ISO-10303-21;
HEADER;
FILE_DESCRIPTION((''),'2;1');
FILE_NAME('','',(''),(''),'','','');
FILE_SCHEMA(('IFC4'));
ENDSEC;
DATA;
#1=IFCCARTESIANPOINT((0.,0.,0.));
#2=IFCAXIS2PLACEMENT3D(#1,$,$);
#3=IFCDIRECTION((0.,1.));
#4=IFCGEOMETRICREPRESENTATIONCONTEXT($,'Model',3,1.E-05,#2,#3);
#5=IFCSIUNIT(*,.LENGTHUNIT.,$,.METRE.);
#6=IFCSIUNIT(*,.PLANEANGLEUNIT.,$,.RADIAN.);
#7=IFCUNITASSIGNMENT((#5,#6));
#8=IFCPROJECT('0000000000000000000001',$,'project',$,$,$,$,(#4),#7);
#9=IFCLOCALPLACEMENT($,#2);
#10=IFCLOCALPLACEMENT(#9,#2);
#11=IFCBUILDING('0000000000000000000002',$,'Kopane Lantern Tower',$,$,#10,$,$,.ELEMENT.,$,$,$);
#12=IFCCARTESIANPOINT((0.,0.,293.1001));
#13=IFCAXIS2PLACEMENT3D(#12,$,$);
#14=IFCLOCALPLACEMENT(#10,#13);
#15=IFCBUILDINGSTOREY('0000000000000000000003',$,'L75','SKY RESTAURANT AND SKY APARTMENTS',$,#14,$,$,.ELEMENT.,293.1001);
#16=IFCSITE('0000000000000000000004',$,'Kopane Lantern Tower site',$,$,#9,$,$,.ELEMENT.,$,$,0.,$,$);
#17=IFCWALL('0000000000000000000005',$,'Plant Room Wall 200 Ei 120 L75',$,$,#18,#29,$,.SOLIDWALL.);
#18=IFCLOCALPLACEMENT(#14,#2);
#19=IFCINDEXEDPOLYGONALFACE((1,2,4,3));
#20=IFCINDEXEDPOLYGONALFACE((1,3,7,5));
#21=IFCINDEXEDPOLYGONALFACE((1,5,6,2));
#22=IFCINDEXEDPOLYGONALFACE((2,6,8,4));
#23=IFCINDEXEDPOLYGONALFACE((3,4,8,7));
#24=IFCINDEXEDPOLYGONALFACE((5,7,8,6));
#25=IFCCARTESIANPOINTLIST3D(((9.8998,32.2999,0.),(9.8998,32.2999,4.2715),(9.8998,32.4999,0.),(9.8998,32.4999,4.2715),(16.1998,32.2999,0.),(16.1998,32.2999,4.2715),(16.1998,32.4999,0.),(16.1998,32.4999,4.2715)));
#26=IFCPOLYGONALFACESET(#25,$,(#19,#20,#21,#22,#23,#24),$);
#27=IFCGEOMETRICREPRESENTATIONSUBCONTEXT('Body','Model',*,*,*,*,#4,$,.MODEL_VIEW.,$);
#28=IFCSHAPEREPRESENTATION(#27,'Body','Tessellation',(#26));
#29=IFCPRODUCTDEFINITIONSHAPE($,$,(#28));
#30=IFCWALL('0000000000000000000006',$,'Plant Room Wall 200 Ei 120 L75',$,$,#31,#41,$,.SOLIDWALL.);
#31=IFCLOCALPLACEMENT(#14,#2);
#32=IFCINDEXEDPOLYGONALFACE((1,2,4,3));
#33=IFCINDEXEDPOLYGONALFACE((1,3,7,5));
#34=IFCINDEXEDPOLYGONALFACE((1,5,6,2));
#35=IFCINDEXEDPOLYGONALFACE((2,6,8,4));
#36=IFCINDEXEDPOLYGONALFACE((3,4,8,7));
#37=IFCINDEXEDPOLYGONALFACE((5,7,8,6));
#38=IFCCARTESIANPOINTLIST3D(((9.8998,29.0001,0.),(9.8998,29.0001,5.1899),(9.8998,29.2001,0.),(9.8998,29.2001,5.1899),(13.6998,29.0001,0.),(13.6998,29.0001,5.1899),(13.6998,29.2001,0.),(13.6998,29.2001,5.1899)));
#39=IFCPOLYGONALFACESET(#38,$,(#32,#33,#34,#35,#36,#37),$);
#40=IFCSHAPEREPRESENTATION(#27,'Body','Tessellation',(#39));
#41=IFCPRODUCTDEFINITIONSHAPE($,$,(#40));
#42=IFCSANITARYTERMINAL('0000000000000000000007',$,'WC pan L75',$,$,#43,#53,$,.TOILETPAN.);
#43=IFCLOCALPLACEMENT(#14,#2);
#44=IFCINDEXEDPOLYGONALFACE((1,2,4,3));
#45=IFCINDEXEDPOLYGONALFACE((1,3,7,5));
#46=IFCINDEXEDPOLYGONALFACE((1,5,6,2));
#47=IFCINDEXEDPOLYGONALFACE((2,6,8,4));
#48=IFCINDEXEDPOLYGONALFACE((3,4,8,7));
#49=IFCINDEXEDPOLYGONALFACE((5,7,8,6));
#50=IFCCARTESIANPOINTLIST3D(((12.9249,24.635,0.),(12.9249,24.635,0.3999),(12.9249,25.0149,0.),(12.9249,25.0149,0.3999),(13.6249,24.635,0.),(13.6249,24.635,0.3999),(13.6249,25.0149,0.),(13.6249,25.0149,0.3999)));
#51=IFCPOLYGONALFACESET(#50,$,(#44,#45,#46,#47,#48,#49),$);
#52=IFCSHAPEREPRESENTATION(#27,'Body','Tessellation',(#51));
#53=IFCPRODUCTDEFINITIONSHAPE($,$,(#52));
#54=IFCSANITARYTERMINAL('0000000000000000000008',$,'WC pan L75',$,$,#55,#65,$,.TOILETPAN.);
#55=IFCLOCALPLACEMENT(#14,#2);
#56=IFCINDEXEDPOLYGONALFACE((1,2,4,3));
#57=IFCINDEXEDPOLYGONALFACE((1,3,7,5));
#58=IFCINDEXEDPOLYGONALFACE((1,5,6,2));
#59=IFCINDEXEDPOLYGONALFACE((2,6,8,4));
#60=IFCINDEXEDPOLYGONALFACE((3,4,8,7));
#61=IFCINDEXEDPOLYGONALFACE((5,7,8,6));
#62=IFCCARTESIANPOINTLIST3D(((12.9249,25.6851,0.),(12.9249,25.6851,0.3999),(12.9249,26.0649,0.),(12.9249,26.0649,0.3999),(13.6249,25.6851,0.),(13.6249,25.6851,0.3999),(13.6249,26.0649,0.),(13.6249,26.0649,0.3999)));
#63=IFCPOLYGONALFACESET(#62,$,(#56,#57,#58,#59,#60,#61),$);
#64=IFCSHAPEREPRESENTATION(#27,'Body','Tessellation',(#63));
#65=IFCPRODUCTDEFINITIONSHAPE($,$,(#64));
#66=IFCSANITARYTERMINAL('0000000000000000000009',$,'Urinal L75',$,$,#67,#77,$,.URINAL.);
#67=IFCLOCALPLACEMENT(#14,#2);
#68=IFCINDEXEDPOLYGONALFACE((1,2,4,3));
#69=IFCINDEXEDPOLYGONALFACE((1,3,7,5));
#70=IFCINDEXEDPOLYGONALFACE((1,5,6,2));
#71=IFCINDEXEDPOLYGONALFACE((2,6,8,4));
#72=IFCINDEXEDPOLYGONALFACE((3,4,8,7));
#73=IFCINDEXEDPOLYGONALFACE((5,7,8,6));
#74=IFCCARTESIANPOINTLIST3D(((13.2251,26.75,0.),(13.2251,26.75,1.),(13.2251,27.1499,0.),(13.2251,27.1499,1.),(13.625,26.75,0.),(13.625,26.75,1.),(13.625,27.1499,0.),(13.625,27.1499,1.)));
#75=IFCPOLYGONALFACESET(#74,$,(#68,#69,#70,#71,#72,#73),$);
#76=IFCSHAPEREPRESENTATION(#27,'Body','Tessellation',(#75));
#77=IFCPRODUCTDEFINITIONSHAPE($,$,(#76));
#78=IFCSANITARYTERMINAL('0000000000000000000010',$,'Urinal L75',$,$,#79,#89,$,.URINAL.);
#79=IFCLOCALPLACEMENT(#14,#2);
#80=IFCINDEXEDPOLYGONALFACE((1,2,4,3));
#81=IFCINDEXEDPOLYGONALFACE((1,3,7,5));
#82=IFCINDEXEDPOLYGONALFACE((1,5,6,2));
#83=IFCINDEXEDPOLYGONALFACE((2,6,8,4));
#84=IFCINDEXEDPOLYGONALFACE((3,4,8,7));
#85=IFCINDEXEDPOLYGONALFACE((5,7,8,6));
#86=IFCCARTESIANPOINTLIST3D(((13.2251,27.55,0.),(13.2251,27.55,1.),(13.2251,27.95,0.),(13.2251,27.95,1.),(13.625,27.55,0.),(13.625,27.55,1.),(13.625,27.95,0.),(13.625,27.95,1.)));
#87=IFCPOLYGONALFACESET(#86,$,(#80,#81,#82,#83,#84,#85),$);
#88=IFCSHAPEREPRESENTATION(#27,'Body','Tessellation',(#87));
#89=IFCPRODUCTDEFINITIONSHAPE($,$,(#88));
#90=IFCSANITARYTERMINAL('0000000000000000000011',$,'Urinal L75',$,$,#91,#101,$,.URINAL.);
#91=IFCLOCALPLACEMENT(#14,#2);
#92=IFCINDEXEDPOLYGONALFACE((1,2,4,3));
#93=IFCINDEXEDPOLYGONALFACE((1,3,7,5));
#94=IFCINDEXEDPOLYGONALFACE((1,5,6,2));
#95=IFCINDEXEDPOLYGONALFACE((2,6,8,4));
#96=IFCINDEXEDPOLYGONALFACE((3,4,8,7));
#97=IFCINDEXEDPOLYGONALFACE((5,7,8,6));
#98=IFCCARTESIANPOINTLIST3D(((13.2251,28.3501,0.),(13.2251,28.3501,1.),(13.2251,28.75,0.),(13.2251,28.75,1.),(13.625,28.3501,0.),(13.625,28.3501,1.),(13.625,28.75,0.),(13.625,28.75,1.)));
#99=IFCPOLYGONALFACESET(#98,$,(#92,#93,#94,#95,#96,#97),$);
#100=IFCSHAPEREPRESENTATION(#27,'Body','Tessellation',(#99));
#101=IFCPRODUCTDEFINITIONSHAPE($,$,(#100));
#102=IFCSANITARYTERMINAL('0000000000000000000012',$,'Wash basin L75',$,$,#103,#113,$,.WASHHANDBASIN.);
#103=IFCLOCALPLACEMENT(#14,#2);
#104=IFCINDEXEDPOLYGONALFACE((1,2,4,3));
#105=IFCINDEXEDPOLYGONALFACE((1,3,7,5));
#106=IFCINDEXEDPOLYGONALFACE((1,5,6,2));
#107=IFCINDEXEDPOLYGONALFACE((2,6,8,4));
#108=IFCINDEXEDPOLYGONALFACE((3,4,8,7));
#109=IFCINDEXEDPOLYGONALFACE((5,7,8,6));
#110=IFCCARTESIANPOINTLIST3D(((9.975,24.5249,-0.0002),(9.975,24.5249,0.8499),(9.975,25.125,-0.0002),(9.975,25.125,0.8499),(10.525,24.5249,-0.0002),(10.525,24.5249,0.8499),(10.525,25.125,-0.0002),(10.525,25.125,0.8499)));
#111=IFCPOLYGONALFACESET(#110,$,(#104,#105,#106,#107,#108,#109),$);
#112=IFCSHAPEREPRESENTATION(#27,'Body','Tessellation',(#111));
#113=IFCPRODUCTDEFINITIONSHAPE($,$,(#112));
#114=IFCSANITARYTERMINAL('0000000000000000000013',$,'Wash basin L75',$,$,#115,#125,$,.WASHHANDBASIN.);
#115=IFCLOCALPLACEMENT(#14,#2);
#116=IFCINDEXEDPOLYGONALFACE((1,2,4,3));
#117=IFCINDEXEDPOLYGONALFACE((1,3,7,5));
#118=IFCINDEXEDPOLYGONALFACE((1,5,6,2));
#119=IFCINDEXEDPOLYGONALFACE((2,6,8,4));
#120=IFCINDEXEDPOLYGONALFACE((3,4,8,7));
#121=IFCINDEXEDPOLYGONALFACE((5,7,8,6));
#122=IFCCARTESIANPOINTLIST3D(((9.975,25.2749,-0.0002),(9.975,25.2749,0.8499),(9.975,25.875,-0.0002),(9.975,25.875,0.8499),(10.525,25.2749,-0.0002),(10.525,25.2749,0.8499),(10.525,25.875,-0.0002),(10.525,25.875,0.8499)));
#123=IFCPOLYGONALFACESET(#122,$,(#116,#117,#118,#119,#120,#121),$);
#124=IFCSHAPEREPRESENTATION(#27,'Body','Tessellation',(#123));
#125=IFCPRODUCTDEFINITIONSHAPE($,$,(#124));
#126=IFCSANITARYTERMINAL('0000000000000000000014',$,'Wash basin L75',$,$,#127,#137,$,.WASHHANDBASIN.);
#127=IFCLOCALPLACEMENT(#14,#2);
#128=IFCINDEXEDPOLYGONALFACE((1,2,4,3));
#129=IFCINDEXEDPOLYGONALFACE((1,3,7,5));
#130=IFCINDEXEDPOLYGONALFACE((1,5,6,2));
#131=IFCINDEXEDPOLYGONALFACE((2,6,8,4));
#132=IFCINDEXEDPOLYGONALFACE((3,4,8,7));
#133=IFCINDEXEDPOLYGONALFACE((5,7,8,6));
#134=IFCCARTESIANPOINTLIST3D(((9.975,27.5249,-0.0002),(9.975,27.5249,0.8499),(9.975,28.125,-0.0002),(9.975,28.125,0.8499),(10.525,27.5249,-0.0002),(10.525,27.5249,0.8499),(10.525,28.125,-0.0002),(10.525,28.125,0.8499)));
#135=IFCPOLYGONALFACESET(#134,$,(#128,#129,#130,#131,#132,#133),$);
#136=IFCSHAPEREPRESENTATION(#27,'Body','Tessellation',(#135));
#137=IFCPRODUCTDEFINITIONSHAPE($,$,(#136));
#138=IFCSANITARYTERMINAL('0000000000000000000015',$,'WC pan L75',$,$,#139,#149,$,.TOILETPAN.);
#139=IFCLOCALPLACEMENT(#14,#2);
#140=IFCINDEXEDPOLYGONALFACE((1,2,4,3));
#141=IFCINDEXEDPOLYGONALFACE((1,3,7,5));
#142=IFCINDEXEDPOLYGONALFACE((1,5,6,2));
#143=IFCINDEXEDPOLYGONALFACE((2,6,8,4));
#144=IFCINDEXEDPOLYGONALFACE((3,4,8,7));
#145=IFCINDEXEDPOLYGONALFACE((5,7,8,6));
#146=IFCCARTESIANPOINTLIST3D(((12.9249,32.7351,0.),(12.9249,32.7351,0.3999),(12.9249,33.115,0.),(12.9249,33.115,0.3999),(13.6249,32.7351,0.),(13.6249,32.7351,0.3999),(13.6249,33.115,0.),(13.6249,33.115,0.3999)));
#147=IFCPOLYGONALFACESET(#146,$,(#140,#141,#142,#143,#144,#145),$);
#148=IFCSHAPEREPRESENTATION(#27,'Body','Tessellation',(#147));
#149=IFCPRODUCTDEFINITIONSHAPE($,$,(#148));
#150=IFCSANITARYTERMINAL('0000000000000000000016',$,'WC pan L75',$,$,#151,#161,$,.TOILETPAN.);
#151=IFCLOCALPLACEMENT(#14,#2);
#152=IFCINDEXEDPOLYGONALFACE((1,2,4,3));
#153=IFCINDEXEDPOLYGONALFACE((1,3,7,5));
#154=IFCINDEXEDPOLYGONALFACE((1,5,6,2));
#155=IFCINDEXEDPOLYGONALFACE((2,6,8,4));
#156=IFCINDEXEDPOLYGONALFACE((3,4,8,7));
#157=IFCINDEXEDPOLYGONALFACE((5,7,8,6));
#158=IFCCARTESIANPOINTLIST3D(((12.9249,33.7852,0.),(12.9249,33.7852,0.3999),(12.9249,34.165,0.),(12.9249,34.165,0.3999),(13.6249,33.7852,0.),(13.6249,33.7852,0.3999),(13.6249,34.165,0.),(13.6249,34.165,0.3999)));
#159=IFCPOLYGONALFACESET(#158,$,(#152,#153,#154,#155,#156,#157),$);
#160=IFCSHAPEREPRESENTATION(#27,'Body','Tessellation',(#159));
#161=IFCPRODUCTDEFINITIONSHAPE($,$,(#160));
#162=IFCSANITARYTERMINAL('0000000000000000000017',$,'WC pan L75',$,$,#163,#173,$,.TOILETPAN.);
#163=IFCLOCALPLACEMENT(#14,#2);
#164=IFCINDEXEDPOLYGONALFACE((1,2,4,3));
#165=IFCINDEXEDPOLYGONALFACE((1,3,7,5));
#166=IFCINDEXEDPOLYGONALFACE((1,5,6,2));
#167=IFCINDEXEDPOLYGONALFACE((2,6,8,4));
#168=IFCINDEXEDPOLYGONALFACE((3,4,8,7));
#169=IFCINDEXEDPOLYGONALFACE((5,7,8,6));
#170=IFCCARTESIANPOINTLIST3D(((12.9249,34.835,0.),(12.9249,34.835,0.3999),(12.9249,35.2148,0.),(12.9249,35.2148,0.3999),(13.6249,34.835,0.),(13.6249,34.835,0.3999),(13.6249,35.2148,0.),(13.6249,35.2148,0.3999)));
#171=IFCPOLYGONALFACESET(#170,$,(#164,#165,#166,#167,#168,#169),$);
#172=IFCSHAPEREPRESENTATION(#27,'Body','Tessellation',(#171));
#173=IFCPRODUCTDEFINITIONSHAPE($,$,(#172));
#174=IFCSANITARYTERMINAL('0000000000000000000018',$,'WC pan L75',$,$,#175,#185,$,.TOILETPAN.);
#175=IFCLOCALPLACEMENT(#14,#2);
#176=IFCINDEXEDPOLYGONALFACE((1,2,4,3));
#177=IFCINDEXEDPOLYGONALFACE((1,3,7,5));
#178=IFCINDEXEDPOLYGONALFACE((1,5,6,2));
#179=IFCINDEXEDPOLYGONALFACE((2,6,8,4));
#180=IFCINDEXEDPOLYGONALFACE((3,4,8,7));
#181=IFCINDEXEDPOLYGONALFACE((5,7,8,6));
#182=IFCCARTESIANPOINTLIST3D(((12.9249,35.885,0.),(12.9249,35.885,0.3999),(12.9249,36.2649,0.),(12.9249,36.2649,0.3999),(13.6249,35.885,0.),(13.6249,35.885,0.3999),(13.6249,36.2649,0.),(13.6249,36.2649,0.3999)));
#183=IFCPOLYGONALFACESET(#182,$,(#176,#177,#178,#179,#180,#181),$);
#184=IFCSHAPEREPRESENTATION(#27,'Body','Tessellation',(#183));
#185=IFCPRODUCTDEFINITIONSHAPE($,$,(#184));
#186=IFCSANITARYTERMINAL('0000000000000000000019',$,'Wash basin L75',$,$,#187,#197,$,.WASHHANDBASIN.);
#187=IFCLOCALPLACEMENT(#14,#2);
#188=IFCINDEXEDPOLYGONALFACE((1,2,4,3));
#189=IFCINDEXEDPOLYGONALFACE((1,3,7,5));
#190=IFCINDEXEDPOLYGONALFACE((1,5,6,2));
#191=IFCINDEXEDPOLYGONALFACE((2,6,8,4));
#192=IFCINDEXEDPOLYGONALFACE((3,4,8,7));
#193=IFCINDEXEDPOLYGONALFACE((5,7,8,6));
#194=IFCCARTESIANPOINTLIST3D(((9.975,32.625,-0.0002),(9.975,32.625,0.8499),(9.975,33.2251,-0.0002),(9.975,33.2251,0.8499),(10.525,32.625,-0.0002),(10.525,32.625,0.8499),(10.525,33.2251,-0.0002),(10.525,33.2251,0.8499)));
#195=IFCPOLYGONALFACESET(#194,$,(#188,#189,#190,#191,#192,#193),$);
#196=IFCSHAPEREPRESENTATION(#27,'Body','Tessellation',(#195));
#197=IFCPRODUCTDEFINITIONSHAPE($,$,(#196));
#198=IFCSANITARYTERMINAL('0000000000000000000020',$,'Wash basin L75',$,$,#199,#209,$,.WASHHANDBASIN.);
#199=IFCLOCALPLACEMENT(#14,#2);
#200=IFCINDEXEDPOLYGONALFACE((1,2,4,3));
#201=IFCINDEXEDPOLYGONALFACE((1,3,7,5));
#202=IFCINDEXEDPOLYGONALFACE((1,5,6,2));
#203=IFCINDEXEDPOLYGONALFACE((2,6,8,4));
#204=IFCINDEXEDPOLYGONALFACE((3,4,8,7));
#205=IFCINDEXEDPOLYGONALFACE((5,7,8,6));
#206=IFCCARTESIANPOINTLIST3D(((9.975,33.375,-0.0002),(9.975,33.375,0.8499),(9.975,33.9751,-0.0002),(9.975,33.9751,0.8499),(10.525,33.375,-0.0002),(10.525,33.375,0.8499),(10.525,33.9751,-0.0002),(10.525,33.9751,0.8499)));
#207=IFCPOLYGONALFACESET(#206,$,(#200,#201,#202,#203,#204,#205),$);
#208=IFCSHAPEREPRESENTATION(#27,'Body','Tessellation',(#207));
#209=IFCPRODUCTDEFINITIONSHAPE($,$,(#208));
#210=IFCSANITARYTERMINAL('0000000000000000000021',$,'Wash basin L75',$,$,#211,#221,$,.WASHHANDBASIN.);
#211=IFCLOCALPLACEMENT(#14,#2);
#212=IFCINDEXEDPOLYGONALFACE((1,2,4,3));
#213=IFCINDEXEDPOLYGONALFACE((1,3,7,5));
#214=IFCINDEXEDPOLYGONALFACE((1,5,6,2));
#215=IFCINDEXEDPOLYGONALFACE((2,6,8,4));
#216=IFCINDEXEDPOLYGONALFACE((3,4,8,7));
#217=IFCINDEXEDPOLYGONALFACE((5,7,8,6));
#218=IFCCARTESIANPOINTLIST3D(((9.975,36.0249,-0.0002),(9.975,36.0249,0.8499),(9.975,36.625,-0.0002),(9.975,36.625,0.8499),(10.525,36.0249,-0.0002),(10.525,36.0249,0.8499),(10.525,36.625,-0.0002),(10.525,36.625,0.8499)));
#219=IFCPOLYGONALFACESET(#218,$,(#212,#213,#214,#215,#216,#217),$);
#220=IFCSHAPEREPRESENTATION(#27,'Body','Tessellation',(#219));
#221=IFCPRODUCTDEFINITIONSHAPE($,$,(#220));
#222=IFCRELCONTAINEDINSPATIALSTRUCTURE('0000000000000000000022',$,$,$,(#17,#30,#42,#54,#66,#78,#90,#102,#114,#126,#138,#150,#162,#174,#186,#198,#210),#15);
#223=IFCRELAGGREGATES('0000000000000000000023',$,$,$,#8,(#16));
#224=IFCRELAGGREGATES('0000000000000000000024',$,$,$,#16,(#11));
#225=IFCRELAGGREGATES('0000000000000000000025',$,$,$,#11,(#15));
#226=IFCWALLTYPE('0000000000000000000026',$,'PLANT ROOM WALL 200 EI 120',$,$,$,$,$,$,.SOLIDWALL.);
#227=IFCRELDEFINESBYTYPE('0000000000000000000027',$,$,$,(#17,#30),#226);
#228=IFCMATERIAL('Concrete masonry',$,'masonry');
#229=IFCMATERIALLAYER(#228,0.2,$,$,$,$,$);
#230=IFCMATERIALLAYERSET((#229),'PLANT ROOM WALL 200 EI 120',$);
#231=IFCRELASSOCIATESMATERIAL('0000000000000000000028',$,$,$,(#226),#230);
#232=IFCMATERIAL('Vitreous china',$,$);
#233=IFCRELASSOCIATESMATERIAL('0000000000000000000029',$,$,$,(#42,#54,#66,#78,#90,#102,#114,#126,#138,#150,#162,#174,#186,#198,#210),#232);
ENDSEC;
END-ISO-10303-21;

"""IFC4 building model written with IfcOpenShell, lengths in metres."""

from ifc_helpers import new_model, si_unit, direction, frame, frame_2d, origin, origin_2d, place, context, subcontext, project, spatial, rectangle, extrude, material, layer, layer_set, type_object, element, save


model = new_model("IFC4")

# Units and contexts
model_context = context("Model", 3, precision=1e-05, world=origin(), true_north=direction((0.0, 1.0)))
body_context = subcontext(model_context, "Body", "Model", "MODEL_VIEW")
ifc_project = project(units=[si_unit("LENGTHUNIT", "METRE"), si_unit("PLANEANGLEUNIT", "RADIAN")], contexts=[model_context])

# Site, building, storey
site_placement = place(None, origin())
site = spatial("IfcSite", under=ifc_project, at=site_placement, Name="Kopane Lantern Tower site", CompositionType="ELEMENT", RefElevation=0.0)
building_placement = place(site_placement, origin())
building = spatial("IfcBuilding", under=site, at=building_placement, Name="Kopane Lantern Tower", CompositionType="ELEMENT")
storey_placement = place(building_placement, frame((0.0, 0.0, 293.1001)))
storey = spatial("IfcBuildingStorey", under=building, at=storey_placement, Name="L75", Description="SKY RESTAURANT AND SKY APARTMENTS", CompositionType="ELEMENT", Elevation=293.1001)

# Walls
ifc_material_1 = material(Name="Concrete masonry", Category="masonry")
ifc_layer_1 = layer(ifc_material_1, 0.2)
ifc_layer_set_1 = layer_set([ifc_layer_1], Name="PLANT ROOM WALL 200 EI 120")
wall_type_1 = type_object("IfcWallType", Name="PLANT ROOM WALL 200 EI 120", PredefinedType="SOLIDWALL", material=ifc_layer_set_1)
wall_1_placement = place(storey_placement, frame((9.8999, 32.3999, 0.0), z_axis=(0.0, 0.0, 1.0), x_axis=(1.0, 0.0, 0.0)))
element("IfcWall", 1, at=wall_1_placement, inside=storey, type_object=wall_type_1, Name="Plant Room Wall 200 Ei 120 L75", PredefinedType="SOLIDWALL", context=body_context, shape_type="SweptSolid", body=[
    extrude(rectangle(XDim=6.3, YDim=0.2, at=frame_2d((3.1499, 0.0))), origin(), (0.0, 0.0, 1.0), 4.2715),
])
wall_2_placement = place(storey_placement, frame((9.8999, 29.1001, 0.0), z_axis=(0.0, 0.0, 1.0), x_axis=(1.0, 0.0, 0.0)))
element("IfcWall", 2, at=wall_2_placement, inside=storey, type_object=wall_type_1, Name="Plant Room Wall 200 Ei 120 L75", PredefinedType="SOLIDWALL", context=body_context, shape_type="SweptSolid", body=[
    extrude(rectangle(XDim=3.8, YDim=0.2, at=frame_2d((1.8999, 0.0))), origin(), (0.0, 0.0, 1.0), 5.1899),
])

# Sanitary terminals
ifc_material_2 = material(Name="Vitreous china")
for number, where, z_axis, x_axis, name in (
    (3, (13.2749, 24.825, 0.0), (0.0, 0.0, 1.0), (1.0, 0.0, 0.0), "WC pan L75"),
    (4, (13.2749, 25.875, 0.0), (0.0, 0.0, 1.0), (1.0, 0.0, 0.0), "WC pan L75"),
):
    element("IfcSanitaryTerminal", number, at=place(storey_placement, frame(where, z_axis=z_axis, x_axis=x_axis)), inside=storey, material=ifc_material_2, Name=name, PredefinedType="TOILETPAN", context=body_context, shape_type="SweptSolid", body=[
        extrude(rectangle(XDim=0.7, YDim=0.3799, at=origin_2d()), origin(), (0.0, 0.0, 1.0), 0.3999),
    ])
for number, where, z_axis, x_axis, name in (
    (5, (13.425, 26.95, 0.0), (0.0, 0.0, 1.0), (1.0, 0.0, 0.0), "Urinal L75"),
    (6, (13.425, 27.75, 0.0), (0.0, 0.0, 1.0), (1.0, 0.0, 0.0), "Urinal L75"),
    (7, (13.425, 28.55, 0.0), (0.0, 0.0, 1.0), (1.0, 0.0, 0.0), "Urinal L75"),
):
    element("IfcSanitaryTerminal", number, at=place(storey_placement, frame(where, z_axis=z_axis, x_axis=x_axis)), inside=storey, material=ifc_material_2, Name=name, PredefinedType="URINAL", context=body_context, shape_type="SweptSolid", body=[
        extrude(rectangle(XDim=0.3999, YDim=0.3999, at=origin_2d()), origin(), (0.0, 0.0, 1.0), 1.0),
    ])
for number, where, z_axis, x_axis, name in (
    (8, (10.25, 24.825, -0.0002), (0.0, 0.0, 1.0), (1.0, 0.0, 0.0), "Wash basin L75"),
    (9, (10.25, 25.575, -0.0002), (0.0, 0.0, 1.0), (1.0, 0.0, 0.0), "Wash basin L75"),
    (10, (10.25, 27.825, -0.0002), (0.0, 0.0, 1.0), (1.0, 0.0, 0.0), "Wash basin L75"),
):
    element("IfcSanitaryTerminal", number, at=place(storey_placement, frame(where, z_axis=z_axis, x_axis=x_axis)), inside=storey, material=ifc_material_2, Name=name, PredefinedType="WASHHANDBASIN", context=body_context, shape_type="SweptSolid", body=[
        extrude(rectangle(XDim=0.55, YDim=0.6001, at=origin_2d()), origin(), (0.0, 0.0, 1.0), 0.8501),
    ])
for number, where, z_axis, x_axis, name in (
    (11, (13.2749, 32.925, 0.0), (0.0, 0.0, 1.0), (1.0, 0.0, 0.0), "WC pan L75"),
    (12, (13.2749, 33.9751, 0.0), (0.0, 0.0, 1.0), (1.0, 0.0, 0.0), "WC pan L75"),
    (13, (13.2749, 35.0249, 0.0), (0.0, 0.0, 1.0), (1.0, 0.0, 0.0), "WC pan L75"),
    (14, (13.2749, 36.075, 0.0), (0.0, 0.0, 1.0), (1.0, 0.0, 0.0), "WC pan L75"),
):
    element("IfcSanitaryTerminal", number, at=place(storey_placement, frame(where, z_axis=z_axis, x_axis=x_axis)), inside=storey, material=ifc_material_2, Name=name, PredefinedType="TOILETPAN", context=body_context, shape_type="SweptSolid", body=[
        extrude(rectangle(XDim=0.7, YDim=0.3799, at=origin_2d()), origin(), (0.0, 0.0, 1.0), 0.3999),
    ])
for number, where, z_axis, x_axis, name in (
    (15, (10.25, 32.925, -0.0002), (0.0, 0.0, 1.0), (1.0, 0.0, 0.0), "Wash basin L75"),
    (16, (10.25, 33.675, -0.0002), (0.0, 0.0, 1.0), (1.0, 0.0, 0.0), "Wash basin L75"),
    (17, (10.25, 36.325, -0.0002), (0.0, 0.0, 1.0), (1.0, 0.0, 0.0), "Wash basin L75"),
):
    element("IfcSanitaryTerminal", number, at=place(storey_placement, frame(where, z_axis=z_axis, x_axis=x_axis)), inside=storey, material=ifc_material_2, Name=name, PredefinedType="WASHHANDBASIN", context=body_context, shape_type="SweptSolid", body=[
        extrude(rectangle(XDim=0.55, YDim=0.6001, at=origin_2d()), origin(), (0.0, 0.0, 1.0), 0.8501),
    ])

save(model, "model.ifc")
